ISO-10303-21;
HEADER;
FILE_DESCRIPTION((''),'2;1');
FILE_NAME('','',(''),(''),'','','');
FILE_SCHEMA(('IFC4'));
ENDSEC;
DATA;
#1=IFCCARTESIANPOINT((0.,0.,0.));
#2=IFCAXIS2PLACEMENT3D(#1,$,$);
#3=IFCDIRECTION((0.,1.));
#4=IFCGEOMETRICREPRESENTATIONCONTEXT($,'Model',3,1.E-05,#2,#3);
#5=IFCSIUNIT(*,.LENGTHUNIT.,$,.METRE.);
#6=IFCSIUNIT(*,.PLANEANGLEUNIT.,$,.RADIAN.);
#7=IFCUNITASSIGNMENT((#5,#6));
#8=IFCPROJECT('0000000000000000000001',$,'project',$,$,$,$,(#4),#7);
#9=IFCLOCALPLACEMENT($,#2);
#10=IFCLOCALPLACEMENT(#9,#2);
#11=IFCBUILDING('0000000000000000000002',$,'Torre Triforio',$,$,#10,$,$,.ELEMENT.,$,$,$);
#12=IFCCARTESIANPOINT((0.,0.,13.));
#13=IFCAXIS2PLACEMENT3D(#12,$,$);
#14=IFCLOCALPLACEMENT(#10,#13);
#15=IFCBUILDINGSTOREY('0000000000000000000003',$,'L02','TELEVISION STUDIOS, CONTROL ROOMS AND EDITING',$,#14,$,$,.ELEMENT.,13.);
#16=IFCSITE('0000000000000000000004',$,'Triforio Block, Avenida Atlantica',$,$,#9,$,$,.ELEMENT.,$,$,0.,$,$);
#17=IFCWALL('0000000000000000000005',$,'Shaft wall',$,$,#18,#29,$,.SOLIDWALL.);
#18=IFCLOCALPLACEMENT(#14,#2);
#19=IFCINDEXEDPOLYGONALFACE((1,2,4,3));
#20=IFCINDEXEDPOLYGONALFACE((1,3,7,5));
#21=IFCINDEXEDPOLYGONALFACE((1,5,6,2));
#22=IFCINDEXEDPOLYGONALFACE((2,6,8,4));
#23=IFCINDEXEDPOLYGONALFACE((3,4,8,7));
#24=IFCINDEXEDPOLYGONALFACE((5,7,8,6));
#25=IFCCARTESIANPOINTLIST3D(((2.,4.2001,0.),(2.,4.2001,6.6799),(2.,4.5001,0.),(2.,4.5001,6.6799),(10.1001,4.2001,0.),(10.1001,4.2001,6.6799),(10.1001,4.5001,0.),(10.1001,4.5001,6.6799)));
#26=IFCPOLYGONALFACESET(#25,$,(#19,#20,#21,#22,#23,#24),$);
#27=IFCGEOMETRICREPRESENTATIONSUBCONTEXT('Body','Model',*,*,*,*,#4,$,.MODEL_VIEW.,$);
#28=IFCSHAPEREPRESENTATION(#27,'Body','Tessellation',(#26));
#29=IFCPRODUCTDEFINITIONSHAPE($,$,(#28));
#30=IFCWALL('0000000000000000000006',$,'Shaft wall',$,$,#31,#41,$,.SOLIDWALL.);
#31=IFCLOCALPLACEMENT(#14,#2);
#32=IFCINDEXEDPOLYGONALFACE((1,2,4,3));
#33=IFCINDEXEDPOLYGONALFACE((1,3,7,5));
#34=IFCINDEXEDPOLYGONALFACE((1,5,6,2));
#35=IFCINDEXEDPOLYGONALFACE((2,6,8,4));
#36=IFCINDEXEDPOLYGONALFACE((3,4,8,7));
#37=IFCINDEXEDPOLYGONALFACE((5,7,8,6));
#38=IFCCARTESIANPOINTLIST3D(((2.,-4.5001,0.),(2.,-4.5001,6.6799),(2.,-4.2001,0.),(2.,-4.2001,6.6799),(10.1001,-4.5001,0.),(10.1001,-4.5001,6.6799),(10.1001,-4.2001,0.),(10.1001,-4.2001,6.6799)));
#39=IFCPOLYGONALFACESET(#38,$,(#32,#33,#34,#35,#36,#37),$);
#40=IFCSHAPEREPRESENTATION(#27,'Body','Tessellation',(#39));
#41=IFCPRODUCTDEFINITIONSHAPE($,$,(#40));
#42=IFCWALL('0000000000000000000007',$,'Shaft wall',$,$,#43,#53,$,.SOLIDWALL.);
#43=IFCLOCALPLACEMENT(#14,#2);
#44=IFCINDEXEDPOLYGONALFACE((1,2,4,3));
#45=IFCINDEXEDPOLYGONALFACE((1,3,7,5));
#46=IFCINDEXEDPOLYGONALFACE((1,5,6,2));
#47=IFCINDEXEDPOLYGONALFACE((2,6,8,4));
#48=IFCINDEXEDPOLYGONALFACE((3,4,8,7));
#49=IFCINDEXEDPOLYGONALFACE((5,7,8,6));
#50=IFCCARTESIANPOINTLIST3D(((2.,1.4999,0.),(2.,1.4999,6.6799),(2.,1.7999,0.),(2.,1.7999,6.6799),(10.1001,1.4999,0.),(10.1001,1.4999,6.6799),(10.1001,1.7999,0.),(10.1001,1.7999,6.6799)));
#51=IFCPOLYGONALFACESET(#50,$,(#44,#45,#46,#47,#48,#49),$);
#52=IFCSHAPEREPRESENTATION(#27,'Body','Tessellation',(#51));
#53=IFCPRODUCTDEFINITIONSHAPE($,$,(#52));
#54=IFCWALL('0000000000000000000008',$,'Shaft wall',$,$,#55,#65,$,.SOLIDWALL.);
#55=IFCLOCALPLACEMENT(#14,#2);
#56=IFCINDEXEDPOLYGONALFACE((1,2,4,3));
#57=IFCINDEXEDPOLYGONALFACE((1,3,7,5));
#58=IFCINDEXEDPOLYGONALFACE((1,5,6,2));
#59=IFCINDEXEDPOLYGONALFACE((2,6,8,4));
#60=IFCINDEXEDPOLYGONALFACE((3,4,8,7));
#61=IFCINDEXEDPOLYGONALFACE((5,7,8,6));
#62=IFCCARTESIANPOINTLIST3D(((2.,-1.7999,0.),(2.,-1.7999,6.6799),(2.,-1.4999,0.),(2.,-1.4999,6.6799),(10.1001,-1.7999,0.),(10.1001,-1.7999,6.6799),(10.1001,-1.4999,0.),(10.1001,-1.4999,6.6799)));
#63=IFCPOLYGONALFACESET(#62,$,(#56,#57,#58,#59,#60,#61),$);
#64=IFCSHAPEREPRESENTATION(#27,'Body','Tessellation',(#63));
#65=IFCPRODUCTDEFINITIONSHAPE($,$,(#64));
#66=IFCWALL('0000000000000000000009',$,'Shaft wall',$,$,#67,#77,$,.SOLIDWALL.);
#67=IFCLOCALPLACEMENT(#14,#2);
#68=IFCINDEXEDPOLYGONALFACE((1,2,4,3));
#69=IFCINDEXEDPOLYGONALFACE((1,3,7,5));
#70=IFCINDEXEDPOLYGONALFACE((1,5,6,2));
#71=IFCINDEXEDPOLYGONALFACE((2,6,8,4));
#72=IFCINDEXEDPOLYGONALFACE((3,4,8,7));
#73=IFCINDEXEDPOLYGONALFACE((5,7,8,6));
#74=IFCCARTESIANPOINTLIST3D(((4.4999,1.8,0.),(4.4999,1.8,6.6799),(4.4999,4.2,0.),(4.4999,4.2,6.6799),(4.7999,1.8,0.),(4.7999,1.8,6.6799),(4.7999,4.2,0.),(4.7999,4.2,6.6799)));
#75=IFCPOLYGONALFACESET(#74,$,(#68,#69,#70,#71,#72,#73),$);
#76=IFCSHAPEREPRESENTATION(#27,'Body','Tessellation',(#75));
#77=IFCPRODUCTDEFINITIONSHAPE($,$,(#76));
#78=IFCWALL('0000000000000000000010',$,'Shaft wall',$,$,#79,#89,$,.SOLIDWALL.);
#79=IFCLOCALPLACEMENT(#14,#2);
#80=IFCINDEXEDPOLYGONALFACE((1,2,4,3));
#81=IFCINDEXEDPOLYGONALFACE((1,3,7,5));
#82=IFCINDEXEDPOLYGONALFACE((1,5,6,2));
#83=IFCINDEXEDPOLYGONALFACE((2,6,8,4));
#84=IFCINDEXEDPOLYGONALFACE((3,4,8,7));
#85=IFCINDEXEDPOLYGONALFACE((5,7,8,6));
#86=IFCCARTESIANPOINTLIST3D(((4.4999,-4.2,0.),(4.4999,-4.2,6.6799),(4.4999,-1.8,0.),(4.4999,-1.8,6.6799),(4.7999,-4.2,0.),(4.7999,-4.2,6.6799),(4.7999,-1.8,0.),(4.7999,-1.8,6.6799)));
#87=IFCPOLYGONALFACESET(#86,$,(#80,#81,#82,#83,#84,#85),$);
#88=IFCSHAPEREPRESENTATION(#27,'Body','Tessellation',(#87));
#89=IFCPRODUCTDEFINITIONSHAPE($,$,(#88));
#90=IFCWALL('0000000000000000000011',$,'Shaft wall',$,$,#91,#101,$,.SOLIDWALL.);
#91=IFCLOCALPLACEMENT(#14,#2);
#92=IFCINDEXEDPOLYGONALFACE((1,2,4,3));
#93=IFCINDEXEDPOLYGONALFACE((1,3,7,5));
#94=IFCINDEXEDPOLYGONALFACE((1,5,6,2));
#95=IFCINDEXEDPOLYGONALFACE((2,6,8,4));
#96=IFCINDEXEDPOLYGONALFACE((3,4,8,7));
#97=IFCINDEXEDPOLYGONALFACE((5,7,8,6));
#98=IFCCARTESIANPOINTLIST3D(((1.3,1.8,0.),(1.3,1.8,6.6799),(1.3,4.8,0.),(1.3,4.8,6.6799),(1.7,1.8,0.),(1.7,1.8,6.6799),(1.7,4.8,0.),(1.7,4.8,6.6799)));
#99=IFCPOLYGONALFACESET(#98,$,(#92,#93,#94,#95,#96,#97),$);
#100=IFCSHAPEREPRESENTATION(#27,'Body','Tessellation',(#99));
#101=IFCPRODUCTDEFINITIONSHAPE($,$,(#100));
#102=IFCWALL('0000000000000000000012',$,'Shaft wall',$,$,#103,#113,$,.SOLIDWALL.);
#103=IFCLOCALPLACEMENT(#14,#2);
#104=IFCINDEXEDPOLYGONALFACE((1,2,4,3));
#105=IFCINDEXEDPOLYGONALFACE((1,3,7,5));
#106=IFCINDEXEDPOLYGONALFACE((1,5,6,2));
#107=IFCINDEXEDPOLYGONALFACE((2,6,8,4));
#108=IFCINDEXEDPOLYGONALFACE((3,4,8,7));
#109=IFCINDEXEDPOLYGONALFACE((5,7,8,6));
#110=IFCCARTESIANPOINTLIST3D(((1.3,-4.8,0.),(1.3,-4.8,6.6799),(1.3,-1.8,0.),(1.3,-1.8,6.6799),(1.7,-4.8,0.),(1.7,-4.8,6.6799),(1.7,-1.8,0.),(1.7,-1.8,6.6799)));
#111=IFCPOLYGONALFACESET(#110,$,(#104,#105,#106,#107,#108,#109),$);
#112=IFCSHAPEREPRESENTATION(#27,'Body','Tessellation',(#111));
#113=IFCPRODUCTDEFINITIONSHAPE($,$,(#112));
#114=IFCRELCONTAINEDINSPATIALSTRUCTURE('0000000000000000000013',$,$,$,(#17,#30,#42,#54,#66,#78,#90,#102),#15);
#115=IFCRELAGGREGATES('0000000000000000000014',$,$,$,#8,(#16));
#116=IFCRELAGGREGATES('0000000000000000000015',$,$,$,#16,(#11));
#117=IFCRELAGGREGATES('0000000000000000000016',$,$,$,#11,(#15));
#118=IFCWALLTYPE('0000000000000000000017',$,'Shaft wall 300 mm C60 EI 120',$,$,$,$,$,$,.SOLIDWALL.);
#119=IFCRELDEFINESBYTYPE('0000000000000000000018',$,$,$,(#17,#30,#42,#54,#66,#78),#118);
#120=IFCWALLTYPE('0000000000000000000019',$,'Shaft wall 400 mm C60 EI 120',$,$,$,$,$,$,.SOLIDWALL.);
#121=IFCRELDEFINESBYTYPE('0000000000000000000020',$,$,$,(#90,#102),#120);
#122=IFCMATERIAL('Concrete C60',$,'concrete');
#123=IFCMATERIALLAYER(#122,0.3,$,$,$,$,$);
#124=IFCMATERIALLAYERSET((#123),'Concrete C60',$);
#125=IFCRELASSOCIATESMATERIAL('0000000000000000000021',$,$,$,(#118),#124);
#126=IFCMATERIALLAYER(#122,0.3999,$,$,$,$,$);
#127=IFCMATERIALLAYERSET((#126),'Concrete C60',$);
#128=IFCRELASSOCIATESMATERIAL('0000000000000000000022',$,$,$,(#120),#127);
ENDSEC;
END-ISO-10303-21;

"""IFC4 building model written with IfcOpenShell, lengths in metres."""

from ifc_helpers import new_model, si_unit, direction, frame, frame_2d, origin, place, context, subcontext, project, spatial, rectangle, extrude, material, layer, layer_set, type_object, element, save


model = new_model("IFC4")

# Units and contexts
model_context = context("Model", 3, precision=1e-05, world=origin(), true_north=direction((0.0, 1.0)))
body_context = subcontext(model_context, "Body", "Model", "MODEL_VIEW")
ifc_project = project(units=[si_unit("LENGTHUNIT", "METRE"), si_unit("PLANEANGLEUNIT", "RADIAN")], contexts=[model_context])

# Site, building, storey
site_placement = place(None, origin())
site = spatial("IfcSite", under=ifc_project, at=site_placement, Name="Triforio Block, Avenida Atlantica", CompositionType="ELEMENT", RefElevation=0.0)
building_placement = place(site_placement, origin())
building = spatial("IfcBuilding", under=site, at=building_placement, Name="Torre Triforio", CompositionType="ELEMENT")
storey_placement = place(building_placement, frame((0.0, 0.0, 13.0)))
storey = spatial("IfcBuildingStorey", under=building, at=storey_placement, Name="L02", Description="TELEVISION STUDIOS, CONTROL ROOMS AND EDITING", CompositionType="ELEMENT", Elevation=13.0)

# Shared definitions
ifc_material_1 = material(Name="Concrete C60", Category="concrete")

# Walls
ifc_layer_1 = layer(ifc_material_1, 0.3)
ifc_layer_set_1 = layer_set([ifc_layer_1], Name="Concrete C60")
wall_type_1 = type_object("IfcWallType", Name="Shaft wall 300 mm C60 EI 120", PredefinedType="SOLIDWALL", material=ifc_layer_set_1)
for number, where, z_axis, x_axis, name in (
    (1, (2.0, 4.3501, 0.0), (0.0, 0.0, 1.0), (1.0, 0.0, 0.0), "Shaft wall"),
    (2, (2.0, -4.3501, 0.0), (0.0, 0.0, 1.0), (1.0, 0.0, 0.0), "Shaft wall"),
    (3, (2.0, 1.6499, 0.0), (0.0, 0.0, 1.0), (1.0, 0.0, 0.0), "Shaft wall"),
    (4, (2.0, -1.6499, 0.0), (0.0, 0.0, 1.0), (1.0, 0.0, 0.0), "Shaft wall"),
):
    element("IfcWall", number, at=place(storey_placement, frame(where, z_axis=z_axis, x_axis=x_axis)), inside=storey, type_object=wall_type_1, Name=name, PredefinedType="SOLIDWALL", context=body_context, shape_type="SweptSolid", body=[
        extrude(rectangle(XDim=8.1001, YDim=0.3, at=frame_2d((4.05, 0.0))), origin(), (0.0, 0.0, 1.0), 6.6799),
    ])
for number, where, z_axis, x_axis, name in (
    (5, (4.6499, 1.8, 0.0), (0.0, 0.0, 1.0), (0.0, 1.0, 0.0), "Shaft wall"),
    (6, (4.6499, -4.2, 0.0), (0.0, 0.0, 1.0), (0.0, 1.0, 0.0), "Shaft wall"),
):
    element("IfcWall", number, at=place(storey_placement, frame(where, z_axis=z_axis, x_axis=x_axis)), inside=storey, type_object=wall_type_1, Name=name, PredefinedType="SOLIDWALL", context=body_context, shape_type="SweptSolid", body=[
        extrude(rectangle(XDim=2.3999, YDim=0.3, at=frame_2d((1.2, 0.0))), origin(), (0.0, 0.0, 1.0), 6.6799),
    ])
ifc_layer_2 = layer(ifc_material_1, 0.3999)
ifc_layer_set_2 = layer_set([ifc_layer_2], Name="Concrete C60")
wall_type_2 = type_object("IfcWallType", Name="Shaft wall 400 mm C60 EI 120", PredefinedType="SOLIDWALL", material=ifc_layer_set_2)
for number, where, z_axis, x_axis, name in (
    (7, (1.5, 1.8, 0.0), (0.0, 0.0, 1.0), (0.0, 1.0, 0.0), "Shaft wall"),
    (8, (1.5, -4.8, 0.0), (0.0, 0.0, 1.0), (0.0, 1.0, 0.0), "Shaft wall"),
):
    element("IfcWall", number, at=place(storey_placement, frame(where, z_axis=z_axis, x_axis=x_axis)), inside=storey, type_object=wall_type_2, Name=name, PredefinedType="SOLIDWALL", context=body_context, shape_type="SweptSolid", body=[
        extrude(rectangle(XDim=3.0, YDim=0.3999, at=frame_2d((1.5, 0.0))), origin(), (0.0, 0.0, 1.0), 6.6799),
    ])

save(model, "model.ifc")
